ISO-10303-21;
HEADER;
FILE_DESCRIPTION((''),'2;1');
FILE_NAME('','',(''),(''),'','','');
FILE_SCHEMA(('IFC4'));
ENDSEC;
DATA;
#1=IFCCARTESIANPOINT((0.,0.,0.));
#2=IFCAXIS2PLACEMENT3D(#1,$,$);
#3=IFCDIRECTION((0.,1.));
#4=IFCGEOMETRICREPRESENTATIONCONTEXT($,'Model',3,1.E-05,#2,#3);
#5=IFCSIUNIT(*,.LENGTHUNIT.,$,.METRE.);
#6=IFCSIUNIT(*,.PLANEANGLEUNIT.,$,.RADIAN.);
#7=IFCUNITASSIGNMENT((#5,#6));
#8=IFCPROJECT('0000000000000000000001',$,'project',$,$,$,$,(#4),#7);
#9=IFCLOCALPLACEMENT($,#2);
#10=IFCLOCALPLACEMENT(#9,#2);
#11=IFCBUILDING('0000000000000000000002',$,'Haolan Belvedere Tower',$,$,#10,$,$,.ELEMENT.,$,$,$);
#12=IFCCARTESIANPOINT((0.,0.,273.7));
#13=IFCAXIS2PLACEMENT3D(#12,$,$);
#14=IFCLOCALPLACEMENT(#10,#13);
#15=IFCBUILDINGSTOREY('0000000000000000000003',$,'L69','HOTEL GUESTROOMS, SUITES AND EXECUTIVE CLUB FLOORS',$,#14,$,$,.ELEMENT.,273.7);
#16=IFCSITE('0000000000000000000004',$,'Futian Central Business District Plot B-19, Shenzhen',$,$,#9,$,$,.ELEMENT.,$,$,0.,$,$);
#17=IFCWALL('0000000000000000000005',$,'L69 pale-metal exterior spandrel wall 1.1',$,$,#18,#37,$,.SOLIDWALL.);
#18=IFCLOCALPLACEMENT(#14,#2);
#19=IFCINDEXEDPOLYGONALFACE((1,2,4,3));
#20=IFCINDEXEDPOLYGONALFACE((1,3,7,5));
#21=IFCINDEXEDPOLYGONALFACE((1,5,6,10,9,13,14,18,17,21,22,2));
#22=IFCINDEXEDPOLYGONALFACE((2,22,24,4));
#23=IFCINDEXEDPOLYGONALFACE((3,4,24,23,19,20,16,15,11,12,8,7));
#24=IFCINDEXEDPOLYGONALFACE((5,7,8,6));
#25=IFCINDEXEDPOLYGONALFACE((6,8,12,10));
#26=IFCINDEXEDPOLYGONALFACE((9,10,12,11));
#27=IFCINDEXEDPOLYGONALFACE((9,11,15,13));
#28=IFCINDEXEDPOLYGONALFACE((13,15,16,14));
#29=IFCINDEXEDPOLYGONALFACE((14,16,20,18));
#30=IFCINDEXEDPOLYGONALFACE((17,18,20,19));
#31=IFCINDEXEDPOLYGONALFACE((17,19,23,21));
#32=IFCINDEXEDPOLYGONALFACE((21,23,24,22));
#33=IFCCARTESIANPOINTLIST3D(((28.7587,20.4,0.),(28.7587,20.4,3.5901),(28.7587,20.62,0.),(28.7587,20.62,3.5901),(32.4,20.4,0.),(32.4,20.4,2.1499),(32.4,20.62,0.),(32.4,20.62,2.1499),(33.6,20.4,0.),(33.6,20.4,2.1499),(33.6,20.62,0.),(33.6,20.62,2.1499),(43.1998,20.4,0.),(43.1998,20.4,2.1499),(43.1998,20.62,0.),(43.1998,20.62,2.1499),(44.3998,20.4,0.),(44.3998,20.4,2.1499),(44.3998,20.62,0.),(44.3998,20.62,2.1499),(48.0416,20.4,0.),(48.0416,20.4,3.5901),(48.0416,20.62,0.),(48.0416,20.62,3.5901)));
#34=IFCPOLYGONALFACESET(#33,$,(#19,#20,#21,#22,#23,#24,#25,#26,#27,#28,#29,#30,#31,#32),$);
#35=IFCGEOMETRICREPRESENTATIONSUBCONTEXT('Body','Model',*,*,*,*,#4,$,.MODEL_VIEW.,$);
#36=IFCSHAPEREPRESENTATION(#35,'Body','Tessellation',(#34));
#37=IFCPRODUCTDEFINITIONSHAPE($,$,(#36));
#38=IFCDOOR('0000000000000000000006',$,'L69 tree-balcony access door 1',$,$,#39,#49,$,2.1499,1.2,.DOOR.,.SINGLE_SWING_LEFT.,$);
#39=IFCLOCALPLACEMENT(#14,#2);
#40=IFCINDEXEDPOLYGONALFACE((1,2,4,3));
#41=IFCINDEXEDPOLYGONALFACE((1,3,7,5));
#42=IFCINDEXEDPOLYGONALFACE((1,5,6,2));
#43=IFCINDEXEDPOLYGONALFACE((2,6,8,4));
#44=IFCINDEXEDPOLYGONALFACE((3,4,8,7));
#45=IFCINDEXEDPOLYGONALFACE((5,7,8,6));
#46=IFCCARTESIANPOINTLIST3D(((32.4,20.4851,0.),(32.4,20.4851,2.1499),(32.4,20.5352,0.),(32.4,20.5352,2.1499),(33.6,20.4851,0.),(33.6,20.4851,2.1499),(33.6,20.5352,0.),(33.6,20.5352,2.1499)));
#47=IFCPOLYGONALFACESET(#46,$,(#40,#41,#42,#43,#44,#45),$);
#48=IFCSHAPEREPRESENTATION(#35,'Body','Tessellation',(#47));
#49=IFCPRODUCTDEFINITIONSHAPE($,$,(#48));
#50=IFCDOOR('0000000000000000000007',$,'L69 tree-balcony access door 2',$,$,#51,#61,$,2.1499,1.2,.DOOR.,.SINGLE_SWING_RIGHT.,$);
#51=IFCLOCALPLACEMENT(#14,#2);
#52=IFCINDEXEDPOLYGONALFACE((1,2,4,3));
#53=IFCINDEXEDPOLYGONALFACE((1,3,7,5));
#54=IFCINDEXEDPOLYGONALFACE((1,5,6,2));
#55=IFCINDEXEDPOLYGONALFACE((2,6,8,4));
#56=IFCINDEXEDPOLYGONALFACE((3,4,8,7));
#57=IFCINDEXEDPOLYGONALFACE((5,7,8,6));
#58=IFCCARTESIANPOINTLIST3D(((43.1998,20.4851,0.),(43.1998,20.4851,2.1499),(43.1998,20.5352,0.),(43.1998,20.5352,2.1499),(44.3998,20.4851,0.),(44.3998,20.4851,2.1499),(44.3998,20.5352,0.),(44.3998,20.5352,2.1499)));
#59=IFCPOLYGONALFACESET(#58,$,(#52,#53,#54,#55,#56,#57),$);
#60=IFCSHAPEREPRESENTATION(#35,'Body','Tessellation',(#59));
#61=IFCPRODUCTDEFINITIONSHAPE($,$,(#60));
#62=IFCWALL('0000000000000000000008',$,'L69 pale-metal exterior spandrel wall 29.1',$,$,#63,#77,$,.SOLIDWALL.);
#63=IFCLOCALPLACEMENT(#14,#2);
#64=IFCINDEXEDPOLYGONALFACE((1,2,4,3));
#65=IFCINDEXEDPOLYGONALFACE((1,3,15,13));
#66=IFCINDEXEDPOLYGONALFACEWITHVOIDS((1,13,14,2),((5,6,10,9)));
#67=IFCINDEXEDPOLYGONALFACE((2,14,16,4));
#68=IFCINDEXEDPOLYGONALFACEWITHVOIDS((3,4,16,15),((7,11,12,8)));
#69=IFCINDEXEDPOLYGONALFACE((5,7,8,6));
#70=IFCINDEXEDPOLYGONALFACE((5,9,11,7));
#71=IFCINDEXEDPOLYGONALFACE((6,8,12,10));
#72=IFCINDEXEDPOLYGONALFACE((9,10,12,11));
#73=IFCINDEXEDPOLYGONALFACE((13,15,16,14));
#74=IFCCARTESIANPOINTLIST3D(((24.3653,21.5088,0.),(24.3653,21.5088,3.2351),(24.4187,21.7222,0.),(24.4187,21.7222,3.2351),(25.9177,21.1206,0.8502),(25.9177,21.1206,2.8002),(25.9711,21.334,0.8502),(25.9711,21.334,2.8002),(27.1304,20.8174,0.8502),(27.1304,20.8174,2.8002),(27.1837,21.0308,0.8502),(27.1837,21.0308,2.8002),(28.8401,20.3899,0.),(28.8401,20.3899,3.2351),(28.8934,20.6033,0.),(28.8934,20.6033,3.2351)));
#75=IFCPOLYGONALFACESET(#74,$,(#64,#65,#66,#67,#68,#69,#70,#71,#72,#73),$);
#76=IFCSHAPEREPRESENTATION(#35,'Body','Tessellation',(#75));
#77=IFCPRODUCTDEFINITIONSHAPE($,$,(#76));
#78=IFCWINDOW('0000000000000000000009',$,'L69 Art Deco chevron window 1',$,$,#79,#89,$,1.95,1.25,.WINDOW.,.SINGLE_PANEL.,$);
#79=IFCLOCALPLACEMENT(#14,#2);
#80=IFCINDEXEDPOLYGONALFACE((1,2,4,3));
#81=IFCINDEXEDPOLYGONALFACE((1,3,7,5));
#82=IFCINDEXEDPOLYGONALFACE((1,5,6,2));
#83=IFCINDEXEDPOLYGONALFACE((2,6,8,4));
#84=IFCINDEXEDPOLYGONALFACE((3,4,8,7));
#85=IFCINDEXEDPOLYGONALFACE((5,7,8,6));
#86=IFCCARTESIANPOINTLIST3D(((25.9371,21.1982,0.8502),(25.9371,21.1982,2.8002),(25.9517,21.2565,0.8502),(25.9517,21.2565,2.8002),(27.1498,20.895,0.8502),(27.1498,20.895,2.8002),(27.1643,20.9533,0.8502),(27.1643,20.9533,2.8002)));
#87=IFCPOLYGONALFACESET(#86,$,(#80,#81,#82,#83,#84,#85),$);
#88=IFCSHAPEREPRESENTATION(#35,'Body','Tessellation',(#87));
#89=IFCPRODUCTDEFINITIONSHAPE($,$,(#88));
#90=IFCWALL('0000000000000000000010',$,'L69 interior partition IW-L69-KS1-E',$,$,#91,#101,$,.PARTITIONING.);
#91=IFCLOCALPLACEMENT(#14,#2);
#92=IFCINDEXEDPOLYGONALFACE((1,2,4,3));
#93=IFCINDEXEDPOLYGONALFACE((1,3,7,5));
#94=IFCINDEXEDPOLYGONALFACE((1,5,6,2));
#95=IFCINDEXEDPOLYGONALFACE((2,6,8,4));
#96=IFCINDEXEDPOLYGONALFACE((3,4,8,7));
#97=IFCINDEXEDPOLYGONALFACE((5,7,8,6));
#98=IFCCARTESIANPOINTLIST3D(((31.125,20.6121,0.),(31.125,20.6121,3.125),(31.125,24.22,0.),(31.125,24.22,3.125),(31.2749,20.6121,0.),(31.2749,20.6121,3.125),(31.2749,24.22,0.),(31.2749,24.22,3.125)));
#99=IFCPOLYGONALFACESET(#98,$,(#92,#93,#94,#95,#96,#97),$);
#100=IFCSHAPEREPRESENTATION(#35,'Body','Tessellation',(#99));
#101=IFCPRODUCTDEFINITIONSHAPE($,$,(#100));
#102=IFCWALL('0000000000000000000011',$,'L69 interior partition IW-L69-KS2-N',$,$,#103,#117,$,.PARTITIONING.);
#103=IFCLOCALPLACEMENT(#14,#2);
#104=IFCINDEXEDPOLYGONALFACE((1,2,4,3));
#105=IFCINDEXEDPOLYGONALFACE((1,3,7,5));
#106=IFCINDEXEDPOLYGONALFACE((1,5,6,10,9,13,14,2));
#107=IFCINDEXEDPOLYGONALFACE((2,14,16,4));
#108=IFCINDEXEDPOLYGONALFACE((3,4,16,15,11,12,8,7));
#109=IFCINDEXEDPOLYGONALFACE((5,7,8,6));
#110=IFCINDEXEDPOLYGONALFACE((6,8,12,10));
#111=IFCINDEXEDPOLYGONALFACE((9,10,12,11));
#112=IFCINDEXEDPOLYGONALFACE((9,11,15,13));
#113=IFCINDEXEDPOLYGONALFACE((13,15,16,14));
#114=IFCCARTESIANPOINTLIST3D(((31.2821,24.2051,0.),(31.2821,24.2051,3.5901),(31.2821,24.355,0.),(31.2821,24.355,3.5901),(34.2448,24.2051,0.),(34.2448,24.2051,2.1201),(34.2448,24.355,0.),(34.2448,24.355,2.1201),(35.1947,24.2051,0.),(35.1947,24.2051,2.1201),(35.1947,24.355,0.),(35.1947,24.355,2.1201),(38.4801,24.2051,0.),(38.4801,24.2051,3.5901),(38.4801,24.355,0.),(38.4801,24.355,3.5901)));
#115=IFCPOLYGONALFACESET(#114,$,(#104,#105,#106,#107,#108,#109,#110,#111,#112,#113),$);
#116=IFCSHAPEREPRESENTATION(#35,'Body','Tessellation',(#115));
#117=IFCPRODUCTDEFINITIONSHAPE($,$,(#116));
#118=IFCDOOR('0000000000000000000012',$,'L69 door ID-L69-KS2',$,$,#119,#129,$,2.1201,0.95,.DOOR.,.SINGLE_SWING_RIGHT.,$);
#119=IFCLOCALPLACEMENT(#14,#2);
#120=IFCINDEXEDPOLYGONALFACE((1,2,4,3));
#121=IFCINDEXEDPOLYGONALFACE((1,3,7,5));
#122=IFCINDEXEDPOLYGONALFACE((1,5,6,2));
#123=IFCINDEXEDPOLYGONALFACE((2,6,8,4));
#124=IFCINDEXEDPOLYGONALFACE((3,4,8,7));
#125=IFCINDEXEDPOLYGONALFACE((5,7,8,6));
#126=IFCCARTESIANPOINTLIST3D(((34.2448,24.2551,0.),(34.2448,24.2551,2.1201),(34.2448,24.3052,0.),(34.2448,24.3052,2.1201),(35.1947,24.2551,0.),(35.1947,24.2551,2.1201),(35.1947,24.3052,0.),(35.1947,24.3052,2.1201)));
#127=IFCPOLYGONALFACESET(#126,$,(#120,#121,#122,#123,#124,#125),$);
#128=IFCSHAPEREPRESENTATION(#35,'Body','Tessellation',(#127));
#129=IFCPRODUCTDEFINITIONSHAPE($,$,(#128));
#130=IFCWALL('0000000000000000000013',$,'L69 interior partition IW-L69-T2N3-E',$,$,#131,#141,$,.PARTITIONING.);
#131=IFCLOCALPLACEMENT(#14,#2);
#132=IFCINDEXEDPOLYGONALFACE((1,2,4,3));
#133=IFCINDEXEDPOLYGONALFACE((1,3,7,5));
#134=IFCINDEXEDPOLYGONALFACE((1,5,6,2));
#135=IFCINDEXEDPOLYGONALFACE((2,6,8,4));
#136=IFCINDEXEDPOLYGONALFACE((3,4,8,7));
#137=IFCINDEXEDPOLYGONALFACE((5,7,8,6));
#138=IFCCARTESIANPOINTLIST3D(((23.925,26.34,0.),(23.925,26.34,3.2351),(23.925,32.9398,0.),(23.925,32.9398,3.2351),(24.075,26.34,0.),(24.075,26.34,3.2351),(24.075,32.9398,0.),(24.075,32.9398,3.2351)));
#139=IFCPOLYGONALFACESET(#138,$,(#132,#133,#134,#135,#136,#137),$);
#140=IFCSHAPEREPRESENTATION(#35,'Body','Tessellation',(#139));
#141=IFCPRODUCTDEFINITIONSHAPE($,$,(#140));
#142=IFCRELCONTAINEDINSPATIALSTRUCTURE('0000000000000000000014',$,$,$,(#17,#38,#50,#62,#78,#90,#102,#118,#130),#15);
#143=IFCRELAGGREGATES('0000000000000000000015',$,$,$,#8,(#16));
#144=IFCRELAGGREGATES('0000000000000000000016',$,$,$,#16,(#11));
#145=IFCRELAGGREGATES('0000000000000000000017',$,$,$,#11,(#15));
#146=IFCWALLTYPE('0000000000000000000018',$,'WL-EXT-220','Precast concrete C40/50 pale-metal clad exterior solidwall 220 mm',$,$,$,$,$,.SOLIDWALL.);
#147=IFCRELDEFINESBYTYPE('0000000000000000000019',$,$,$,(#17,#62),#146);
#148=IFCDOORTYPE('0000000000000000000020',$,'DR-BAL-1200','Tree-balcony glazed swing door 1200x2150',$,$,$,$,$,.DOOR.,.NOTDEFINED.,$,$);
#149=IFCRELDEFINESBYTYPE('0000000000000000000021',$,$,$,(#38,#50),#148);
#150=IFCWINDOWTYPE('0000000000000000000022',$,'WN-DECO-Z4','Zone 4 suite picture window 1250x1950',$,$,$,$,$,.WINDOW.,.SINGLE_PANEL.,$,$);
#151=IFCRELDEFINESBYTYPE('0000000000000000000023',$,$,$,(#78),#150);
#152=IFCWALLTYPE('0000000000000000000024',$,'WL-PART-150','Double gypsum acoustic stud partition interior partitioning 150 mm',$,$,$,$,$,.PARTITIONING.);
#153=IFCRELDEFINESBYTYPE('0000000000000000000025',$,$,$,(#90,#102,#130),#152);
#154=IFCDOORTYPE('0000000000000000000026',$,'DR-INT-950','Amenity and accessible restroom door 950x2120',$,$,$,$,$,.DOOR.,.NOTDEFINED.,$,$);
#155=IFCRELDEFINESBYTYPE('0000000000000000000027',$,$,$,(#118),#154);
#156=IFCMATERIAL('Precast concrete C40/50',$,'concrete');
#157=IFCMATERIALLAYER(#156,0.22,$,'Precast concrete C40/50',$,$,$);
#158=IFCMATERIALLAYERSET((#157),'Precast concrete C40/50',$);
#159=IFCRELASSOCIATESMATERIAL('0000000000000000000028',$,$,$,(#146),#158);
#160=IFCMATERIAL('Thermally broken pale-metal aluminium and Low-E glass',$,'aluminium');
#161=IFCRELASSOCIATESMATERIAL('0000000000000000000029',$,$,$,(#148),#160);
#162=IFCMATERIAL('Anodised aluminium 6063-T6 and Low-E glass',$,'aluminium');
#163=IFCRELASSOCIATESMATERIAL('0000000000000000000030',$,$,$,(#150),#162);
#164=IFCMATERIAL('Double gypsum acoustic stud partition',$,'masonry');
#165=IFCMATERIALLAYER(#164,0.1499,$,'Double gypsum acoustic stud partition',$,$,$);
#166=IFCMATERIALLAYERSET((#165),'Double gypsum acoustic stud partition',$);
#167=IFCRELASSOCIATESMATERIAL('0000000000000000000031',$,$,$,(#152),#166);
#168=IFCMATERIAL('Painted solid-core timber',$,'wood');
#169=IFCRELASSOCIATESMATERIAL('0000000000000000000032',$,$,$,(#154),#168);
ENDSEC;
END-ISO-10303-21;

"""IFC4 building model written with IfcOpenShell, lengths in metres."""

from ifc_helpers import new_model, si_unit, direction, frame, frame_2d, origin, place, context, subcontext, project, spatial, rectangle, extrude, material, layer, layer_set, type_object, element, fill, save


model = new_model("IFC4")

# Units and contexts
model_context = context("Model", 3, precision=1e-05, world=origin(), true_north=direction((0.0, 1.0)))
body_context = subcontext(model_context, "Body", "Model", "MODEL_VIEW")
ifc_project = project(units=[si_unit("LENGTHUNIT", "METRE"), si_unit("PLANEANGLEUNIT", "RADIAN")], contexts=[model_context])

# Site, building, storey
site_placement = place(None, origin())
site = spatial("IfcSite", under=ifc_project, at=site_placement, Name="Futian Central Business District Plot B-19, Shenzhen", CompositionType="ELEMENT", RefElevation=0.0)
building_placement = place(site_placement, origin())
building = spatial("IfcBuilding", under=site, at=building_placement, Name="Haolan Belvedere Tower", CompositionType="ELEMENT")
storey_placement = place(building_placement, frame((0.0, 0.0, 273.7)))
storey = spatial("IfcBuildingStorey", under=building, at=storey_placement, Name="L69", Description="HOTEL GUESTROOMS, SUITES AND EXECUTIVE CLUB FLOORS", CompositionType="ELEMENT", Elevation=273.7)

# Wall, openings, doors
ifc_material_1 = material(Name="Precast concrete C40/50", Category="concrete")
ifc_layer_1 = layer(ifc_material_1, 0.22, Name="Precast concrete C40/50")
ifc_layer_set_1 = layer_set([ifc_layer_1], Name="Precast concrete C40/50")
wall_type_1 = type_object("IfcWallType", Name="WL-EXT-220", Description="Precast concrete C40/50 pale-metal clad exterior solidwall 220 mm", PredefinedType="SOLIDWALL", material=ifc_layer_set_1)
wall_1_placement = place(storey_placement, frame((28.7585, 20.51, 0.0), z_axis=(0.0, 0.0, 1.0), x_axis=(1.0, 0.0, 0.0)))
wall_1 = element("IfcWall", 1, at=wall_1_placement, inside=storey, type_object=wall_type_1, Name="L69 pale-metal exterior spandrel wall 1.1", PredefinedType="SOLIDWALL", context=body_context, shape_type="SweptSolid", body=[
    extrude(rectangle(XDim=19.283, YDim=0.22, at=frame_2d((9.6416, 0.0))), origin(), (0.0, 0.0, 1.0), 3.5901),
])
opening_1_placement = place(wall_1_placement, frame((4.8416, 0.0, 0.0), z_axis=(0.0, 0.0, 1.0), x_axis=(-1.0, 0.0, 0.0)))
opening_1 = element("IfcOpeningElement", 2, at=opening_1_placement, cuts=wall_1, PredefinedType="OPENING", context=body_context, shape_type="SweptSolid", body=[
    extrude(rectangle(XDim=1.2, YDim=2.1499, at=frame_2d((0.6001, 1.075))), frame((0.0, 0.1199, 0.0), z_axis=(0.0, -1.0, 0.0), x_axis=(1.0, 0.0, 0.0)), (0.0, 0.0, 1.0), 0.24),
])
opening_2_placement = place(wall_1_placement, frame((15.6414, 0.0, 0.0), z_axis=(0.0, 0.0, 1.0), x_axis=(-1.0, 0.0, 0.0)))
opening_2 = element("IfcOpeningElement", 3, at=opening_2_placement, cuts=wall_1, PredefinedType="OPENING", context=body_context, shape_type="SweptSolid", body=[
    extrude(rectangle(XDim=1.2, YDim=2.1499, at=frame_2d((0.6001, 1.075))), frame((0.0, 0.1199, 0.0), z_axis=(0.0, -1.0, 0.0), x_axis=(1.0, 0.0, 0.0)), (0.0, 0.0, 1.0), 0.24),
])
ifc_material_2 = material(Name="Thermally broken pale-metal aluminium and Low-E glass", Category="aluminium")
door_type_1 = type_object("IfcDoorType", Name="DR-BAL-1200", Description="Tree-balcony glazed swing door 1200x2150", OperationType="NOTDEFINED", PredefinedType="DOOR", material=ifc_material_2)
door_1_placement = place(opening_1_placement, origin())
door_1 = element("IfcDoor", 4, at=door_1_placement, inside=storey, type_object=door_type_1, Name="L69 tree-balcony access door 1", OperationType="SINGLE_SWING_LEFT", OverallHeight=2.1499, OverallWidth=1.2, PredefinedType="DOOR", context=body_context, shape_type="SweptSolid", body=[
    extrude(rectangle(XDim=1.2, YDim=2.1499, at=frame_2d((0.6001, 1.075))), frame((0.0, 0.0249, 0.0), z_axis=(0.0, -1.0, 0.0), x_axis=(1.0, 0.0, 0.0)), (0.0, 0.0, 1.0), 0.05),
])
fill(opening_1, door_1)
door_2_placement = place(opening_2_placement, origin())
door_2 = element("IfcDoor", 5, at=door_2_placement, inside=storey, type_object=door_type_1, Name="L69 tree-balcony access door 2", OperationType="SINGLE_SWING_RIGHT", OverallHeight=2.1499, OverallWidth=1.2, PredefinedType="DOOR", context=body_context, shape_type="SweptSolid", body=[
    extrude(rectangle(XDim=1.2, YDim=2.1499, at=frame_2d((0.6001, 1.075))), frame((0.0, 0.0249, 0.0), z_axis=(0.0, -1.0, 0.0), x_axis=(1.0, 0.0, 0.0)), (0.0, 0.0, 1.0), 0.05),
])
fill(opening_2, door_2)

# Wall, opening, window
wall_2_placement = place(storey_placement, frame((24.3921, 21.6155, 0.0), z_axis=(0.0, 0.0, 1.0), x_axis=(0.970133, -0.242573, 0.0)))
wall_2 = element("IfcWall", 6, at=wall_2_placement, inside=storey, type_object=wall_type_1, Name="L69 pale-metal exterior spandrel wall 29.1", PredefinedType="SOLIDWALL", context=body_context, shape_type="SweptSolid", body=[
    extrude(rectangle(XDim=4.6125, YDim=0.22, at=frame_2d((2.3062, 0.0))), origin(), (0.0, 0.0, 1.0), 3.2351),
])
opening_3_placement = place(wall_2_placement, frame((1.6001, 0.0, 0.8501)))
opening_3 = element("IfcOpeningElement", 7, at=opening_3_placement, cuts=wall_2, PredefinedType="OPENING", context=body_context, shape_type="SweptSolid", body=[
    extrude(rectangle(XDim=1.25, YDim=1.95, at=frame_2d((0.625, 0.9751))), frame((0.0, 0.1199, 0.0), z_axis=(0.0, -1.0, 0.0), x_axis=(1.0, 0.0, 0.0)), (0.0, 0.0, 1.0), 0.24),
])
ifc_material_3 = material(Name="Anodised aluminium 6063-T6 and Low-E glass", Category="aluminium")
window_type = type_object("IfcWindowType", Name="WN-DECO-Z4", Description="Zone 4 suite picture window 1250x1950", PartitioningType="SINGLE_PANEL", PredefinedType="WINDOW", material=ifc_material_3)
window_placement = place(opening_3_placement, origin())
window = element("IfcWindow", 8, at=window_placement, inside=storey, type_object=window_type, Name="L69 Art Deco chevron window 1", OverallHeight=1.95, OverallWidth=1.25, PartitioningType="SINGLE_PANEL", PredefinedType="WINDOW", context=body_context, shape_type="SweptSolid", body=[
    extrude(rectangle(XDim=1.25, YDim=1.95, at=frame_2d((0.625, 0.9751))), frame((0.0, 0.03, 0.0), z_axis=(0.0, -1.0, 0.0), x_axis=(1.0, 0.0, 0.0)), (0.0, 0.0, 1.0), 0.0601),
])
fill(opening_3, window)

# Wall
ifc_material_4 = material(Name="Double gypsum acoustic stud partition", Category="masonry")
ifc_layer_2 = layer(ifc_material_4, 0.1499, Name="Double gypsum acoustic stud partition")
ifc_layer_set_2 = layer_set([ifc_layer_2], Name="Double gypsum acoustic stud partition")
wall_type_2 = type_object("IfcWallType", Name="WL-PART-150", Description="Double gypsum acoustic stud partition interior partitioning 150 mm", PredefinedType="PARTITIONING", material=ifc_layer_set_2)
wall_3_placement = place(storey_placement, frame((31.2, 20.6121, 0.0), z_axis=(0.0, 0.0, 1.0), x_axis=(0.0, 1.0, 0.0)))
element("IfcWall", 9, at=wall_3_placement, inside=storey, type_object=wall_type_2, Name="L69 interior partition IW-L69-KS1-E", PredefinedType="PARTITIONING", context=body_context, shape_type="SweptSolid", body=[
    extrude(rectangle(XDim=3.6079, YDim=0.1499, at=frame_2d((1.804, 0.0))), origin(), (0.0, 0.0, 1.0), 3.125),
])

# Wall, opening, door
wall_4_placement = place(storey_placement, frame((31.282, 24.28, 0.0), z_axis=(0.0, 0.0, 1.0), x_axis=(1.0, 0.0, 0.0)))
wall_4 = element("IfcWall", 10, at=wall_4_placement, inside=storey, type_object=wall_type_2, Name="L69 interior partition IW-L69-KS2-N", PredefinedType="PARTITIONING", context=body_context, shape_type="SweptSolid", body=[
    extrude(rectangle(XDim=7.198, YDim=0.1499, at=frame_2d((3.5991, 0.0))), origin(), (0.0, 0.0, 1.0), 3.5901),
])
opening_4_placement = place(wall_4_placement, frame((3.9128, 0.0, 0.0), z_axis=(0.0, 0.0, 1.0), x_axis=(-1.0, 0.0, 0.0)))
opening_4 = element("IfcOpeningElement", 11, at=opening_4_placement, cuts=wall_4, PredefinedType="OPENING", context=body_context, shape_type="SweptSolid", body=[
    extrude(rectangle(XDim=0.95, YDim=2.1201, at=frame_2d((0.4751, 1.0601))), frame((0.0, 0.085, 0.0), z_axis=(0.0, -1.0, 0.0), x_axis=(1.0, 0.0, 0.0)), (0.0, 0.0, 1.0), 0.1699),
])
ifc_material_5 = material(Name="Painted solid-core timber", Category="wood")
door_type_2 = type_object("IfcDoorType", Name="DR-INT-950", Description="Amenity and accessible restroom door 950x2120", OperationType="NOTDEFINED", PredefinedType="DOOR", material=ifc_material_5)
door_3_placement = place(opening_4_placement, origin())
door_3 = element("IfcDoor", 12, at=door_3_placement, inside=storey, type_object=door_type_2, Name="L69 door ID-L69-KS2", OperationType="SINGLE_SWING_RIGHT", OverallHeight=2.1201, OverallWidth=0.95, PredefinedType="DOOR", context=body_context, shape_type="SweptSolid", body=[
    extrude(rectangle(XDim=0.95, YDim=2.1201, at=frame_2d((0.4751, 1.0601))), frame((0.0, 0.0249, 0.0), z_axis=(0.0, -1.0, 0.0), x_axis=(1.0, 0.0, 0.0)), (0.0, 0.0, 1.0), 0.05),
])
fill(opening_4, door_3)

# Wall
wall_5_placement = place(storey_placement, frame((24.0, 26.3401, 0.0), z_axis=(0.0, 0.0, 1.0), x_axis=(0.0, 1.0, 0.0)))
element("IfcWall", 13, at=wall_5_placement, inside=storey, type_object=wall_type_2, Name="L69 interior partition IW-L69-T2N3-E", PredefinedType="PARTITIONING", context=body_context, shape_type="SweptSolid", body=[
    extrude(rectangle(XDim=6.5999, YDim=0.1499, at=frame_2d((3.2998, 0.0))), origin(), (0.0, 0.0, 1.0), 3.2351),
])

save(model, "model.ifc")
